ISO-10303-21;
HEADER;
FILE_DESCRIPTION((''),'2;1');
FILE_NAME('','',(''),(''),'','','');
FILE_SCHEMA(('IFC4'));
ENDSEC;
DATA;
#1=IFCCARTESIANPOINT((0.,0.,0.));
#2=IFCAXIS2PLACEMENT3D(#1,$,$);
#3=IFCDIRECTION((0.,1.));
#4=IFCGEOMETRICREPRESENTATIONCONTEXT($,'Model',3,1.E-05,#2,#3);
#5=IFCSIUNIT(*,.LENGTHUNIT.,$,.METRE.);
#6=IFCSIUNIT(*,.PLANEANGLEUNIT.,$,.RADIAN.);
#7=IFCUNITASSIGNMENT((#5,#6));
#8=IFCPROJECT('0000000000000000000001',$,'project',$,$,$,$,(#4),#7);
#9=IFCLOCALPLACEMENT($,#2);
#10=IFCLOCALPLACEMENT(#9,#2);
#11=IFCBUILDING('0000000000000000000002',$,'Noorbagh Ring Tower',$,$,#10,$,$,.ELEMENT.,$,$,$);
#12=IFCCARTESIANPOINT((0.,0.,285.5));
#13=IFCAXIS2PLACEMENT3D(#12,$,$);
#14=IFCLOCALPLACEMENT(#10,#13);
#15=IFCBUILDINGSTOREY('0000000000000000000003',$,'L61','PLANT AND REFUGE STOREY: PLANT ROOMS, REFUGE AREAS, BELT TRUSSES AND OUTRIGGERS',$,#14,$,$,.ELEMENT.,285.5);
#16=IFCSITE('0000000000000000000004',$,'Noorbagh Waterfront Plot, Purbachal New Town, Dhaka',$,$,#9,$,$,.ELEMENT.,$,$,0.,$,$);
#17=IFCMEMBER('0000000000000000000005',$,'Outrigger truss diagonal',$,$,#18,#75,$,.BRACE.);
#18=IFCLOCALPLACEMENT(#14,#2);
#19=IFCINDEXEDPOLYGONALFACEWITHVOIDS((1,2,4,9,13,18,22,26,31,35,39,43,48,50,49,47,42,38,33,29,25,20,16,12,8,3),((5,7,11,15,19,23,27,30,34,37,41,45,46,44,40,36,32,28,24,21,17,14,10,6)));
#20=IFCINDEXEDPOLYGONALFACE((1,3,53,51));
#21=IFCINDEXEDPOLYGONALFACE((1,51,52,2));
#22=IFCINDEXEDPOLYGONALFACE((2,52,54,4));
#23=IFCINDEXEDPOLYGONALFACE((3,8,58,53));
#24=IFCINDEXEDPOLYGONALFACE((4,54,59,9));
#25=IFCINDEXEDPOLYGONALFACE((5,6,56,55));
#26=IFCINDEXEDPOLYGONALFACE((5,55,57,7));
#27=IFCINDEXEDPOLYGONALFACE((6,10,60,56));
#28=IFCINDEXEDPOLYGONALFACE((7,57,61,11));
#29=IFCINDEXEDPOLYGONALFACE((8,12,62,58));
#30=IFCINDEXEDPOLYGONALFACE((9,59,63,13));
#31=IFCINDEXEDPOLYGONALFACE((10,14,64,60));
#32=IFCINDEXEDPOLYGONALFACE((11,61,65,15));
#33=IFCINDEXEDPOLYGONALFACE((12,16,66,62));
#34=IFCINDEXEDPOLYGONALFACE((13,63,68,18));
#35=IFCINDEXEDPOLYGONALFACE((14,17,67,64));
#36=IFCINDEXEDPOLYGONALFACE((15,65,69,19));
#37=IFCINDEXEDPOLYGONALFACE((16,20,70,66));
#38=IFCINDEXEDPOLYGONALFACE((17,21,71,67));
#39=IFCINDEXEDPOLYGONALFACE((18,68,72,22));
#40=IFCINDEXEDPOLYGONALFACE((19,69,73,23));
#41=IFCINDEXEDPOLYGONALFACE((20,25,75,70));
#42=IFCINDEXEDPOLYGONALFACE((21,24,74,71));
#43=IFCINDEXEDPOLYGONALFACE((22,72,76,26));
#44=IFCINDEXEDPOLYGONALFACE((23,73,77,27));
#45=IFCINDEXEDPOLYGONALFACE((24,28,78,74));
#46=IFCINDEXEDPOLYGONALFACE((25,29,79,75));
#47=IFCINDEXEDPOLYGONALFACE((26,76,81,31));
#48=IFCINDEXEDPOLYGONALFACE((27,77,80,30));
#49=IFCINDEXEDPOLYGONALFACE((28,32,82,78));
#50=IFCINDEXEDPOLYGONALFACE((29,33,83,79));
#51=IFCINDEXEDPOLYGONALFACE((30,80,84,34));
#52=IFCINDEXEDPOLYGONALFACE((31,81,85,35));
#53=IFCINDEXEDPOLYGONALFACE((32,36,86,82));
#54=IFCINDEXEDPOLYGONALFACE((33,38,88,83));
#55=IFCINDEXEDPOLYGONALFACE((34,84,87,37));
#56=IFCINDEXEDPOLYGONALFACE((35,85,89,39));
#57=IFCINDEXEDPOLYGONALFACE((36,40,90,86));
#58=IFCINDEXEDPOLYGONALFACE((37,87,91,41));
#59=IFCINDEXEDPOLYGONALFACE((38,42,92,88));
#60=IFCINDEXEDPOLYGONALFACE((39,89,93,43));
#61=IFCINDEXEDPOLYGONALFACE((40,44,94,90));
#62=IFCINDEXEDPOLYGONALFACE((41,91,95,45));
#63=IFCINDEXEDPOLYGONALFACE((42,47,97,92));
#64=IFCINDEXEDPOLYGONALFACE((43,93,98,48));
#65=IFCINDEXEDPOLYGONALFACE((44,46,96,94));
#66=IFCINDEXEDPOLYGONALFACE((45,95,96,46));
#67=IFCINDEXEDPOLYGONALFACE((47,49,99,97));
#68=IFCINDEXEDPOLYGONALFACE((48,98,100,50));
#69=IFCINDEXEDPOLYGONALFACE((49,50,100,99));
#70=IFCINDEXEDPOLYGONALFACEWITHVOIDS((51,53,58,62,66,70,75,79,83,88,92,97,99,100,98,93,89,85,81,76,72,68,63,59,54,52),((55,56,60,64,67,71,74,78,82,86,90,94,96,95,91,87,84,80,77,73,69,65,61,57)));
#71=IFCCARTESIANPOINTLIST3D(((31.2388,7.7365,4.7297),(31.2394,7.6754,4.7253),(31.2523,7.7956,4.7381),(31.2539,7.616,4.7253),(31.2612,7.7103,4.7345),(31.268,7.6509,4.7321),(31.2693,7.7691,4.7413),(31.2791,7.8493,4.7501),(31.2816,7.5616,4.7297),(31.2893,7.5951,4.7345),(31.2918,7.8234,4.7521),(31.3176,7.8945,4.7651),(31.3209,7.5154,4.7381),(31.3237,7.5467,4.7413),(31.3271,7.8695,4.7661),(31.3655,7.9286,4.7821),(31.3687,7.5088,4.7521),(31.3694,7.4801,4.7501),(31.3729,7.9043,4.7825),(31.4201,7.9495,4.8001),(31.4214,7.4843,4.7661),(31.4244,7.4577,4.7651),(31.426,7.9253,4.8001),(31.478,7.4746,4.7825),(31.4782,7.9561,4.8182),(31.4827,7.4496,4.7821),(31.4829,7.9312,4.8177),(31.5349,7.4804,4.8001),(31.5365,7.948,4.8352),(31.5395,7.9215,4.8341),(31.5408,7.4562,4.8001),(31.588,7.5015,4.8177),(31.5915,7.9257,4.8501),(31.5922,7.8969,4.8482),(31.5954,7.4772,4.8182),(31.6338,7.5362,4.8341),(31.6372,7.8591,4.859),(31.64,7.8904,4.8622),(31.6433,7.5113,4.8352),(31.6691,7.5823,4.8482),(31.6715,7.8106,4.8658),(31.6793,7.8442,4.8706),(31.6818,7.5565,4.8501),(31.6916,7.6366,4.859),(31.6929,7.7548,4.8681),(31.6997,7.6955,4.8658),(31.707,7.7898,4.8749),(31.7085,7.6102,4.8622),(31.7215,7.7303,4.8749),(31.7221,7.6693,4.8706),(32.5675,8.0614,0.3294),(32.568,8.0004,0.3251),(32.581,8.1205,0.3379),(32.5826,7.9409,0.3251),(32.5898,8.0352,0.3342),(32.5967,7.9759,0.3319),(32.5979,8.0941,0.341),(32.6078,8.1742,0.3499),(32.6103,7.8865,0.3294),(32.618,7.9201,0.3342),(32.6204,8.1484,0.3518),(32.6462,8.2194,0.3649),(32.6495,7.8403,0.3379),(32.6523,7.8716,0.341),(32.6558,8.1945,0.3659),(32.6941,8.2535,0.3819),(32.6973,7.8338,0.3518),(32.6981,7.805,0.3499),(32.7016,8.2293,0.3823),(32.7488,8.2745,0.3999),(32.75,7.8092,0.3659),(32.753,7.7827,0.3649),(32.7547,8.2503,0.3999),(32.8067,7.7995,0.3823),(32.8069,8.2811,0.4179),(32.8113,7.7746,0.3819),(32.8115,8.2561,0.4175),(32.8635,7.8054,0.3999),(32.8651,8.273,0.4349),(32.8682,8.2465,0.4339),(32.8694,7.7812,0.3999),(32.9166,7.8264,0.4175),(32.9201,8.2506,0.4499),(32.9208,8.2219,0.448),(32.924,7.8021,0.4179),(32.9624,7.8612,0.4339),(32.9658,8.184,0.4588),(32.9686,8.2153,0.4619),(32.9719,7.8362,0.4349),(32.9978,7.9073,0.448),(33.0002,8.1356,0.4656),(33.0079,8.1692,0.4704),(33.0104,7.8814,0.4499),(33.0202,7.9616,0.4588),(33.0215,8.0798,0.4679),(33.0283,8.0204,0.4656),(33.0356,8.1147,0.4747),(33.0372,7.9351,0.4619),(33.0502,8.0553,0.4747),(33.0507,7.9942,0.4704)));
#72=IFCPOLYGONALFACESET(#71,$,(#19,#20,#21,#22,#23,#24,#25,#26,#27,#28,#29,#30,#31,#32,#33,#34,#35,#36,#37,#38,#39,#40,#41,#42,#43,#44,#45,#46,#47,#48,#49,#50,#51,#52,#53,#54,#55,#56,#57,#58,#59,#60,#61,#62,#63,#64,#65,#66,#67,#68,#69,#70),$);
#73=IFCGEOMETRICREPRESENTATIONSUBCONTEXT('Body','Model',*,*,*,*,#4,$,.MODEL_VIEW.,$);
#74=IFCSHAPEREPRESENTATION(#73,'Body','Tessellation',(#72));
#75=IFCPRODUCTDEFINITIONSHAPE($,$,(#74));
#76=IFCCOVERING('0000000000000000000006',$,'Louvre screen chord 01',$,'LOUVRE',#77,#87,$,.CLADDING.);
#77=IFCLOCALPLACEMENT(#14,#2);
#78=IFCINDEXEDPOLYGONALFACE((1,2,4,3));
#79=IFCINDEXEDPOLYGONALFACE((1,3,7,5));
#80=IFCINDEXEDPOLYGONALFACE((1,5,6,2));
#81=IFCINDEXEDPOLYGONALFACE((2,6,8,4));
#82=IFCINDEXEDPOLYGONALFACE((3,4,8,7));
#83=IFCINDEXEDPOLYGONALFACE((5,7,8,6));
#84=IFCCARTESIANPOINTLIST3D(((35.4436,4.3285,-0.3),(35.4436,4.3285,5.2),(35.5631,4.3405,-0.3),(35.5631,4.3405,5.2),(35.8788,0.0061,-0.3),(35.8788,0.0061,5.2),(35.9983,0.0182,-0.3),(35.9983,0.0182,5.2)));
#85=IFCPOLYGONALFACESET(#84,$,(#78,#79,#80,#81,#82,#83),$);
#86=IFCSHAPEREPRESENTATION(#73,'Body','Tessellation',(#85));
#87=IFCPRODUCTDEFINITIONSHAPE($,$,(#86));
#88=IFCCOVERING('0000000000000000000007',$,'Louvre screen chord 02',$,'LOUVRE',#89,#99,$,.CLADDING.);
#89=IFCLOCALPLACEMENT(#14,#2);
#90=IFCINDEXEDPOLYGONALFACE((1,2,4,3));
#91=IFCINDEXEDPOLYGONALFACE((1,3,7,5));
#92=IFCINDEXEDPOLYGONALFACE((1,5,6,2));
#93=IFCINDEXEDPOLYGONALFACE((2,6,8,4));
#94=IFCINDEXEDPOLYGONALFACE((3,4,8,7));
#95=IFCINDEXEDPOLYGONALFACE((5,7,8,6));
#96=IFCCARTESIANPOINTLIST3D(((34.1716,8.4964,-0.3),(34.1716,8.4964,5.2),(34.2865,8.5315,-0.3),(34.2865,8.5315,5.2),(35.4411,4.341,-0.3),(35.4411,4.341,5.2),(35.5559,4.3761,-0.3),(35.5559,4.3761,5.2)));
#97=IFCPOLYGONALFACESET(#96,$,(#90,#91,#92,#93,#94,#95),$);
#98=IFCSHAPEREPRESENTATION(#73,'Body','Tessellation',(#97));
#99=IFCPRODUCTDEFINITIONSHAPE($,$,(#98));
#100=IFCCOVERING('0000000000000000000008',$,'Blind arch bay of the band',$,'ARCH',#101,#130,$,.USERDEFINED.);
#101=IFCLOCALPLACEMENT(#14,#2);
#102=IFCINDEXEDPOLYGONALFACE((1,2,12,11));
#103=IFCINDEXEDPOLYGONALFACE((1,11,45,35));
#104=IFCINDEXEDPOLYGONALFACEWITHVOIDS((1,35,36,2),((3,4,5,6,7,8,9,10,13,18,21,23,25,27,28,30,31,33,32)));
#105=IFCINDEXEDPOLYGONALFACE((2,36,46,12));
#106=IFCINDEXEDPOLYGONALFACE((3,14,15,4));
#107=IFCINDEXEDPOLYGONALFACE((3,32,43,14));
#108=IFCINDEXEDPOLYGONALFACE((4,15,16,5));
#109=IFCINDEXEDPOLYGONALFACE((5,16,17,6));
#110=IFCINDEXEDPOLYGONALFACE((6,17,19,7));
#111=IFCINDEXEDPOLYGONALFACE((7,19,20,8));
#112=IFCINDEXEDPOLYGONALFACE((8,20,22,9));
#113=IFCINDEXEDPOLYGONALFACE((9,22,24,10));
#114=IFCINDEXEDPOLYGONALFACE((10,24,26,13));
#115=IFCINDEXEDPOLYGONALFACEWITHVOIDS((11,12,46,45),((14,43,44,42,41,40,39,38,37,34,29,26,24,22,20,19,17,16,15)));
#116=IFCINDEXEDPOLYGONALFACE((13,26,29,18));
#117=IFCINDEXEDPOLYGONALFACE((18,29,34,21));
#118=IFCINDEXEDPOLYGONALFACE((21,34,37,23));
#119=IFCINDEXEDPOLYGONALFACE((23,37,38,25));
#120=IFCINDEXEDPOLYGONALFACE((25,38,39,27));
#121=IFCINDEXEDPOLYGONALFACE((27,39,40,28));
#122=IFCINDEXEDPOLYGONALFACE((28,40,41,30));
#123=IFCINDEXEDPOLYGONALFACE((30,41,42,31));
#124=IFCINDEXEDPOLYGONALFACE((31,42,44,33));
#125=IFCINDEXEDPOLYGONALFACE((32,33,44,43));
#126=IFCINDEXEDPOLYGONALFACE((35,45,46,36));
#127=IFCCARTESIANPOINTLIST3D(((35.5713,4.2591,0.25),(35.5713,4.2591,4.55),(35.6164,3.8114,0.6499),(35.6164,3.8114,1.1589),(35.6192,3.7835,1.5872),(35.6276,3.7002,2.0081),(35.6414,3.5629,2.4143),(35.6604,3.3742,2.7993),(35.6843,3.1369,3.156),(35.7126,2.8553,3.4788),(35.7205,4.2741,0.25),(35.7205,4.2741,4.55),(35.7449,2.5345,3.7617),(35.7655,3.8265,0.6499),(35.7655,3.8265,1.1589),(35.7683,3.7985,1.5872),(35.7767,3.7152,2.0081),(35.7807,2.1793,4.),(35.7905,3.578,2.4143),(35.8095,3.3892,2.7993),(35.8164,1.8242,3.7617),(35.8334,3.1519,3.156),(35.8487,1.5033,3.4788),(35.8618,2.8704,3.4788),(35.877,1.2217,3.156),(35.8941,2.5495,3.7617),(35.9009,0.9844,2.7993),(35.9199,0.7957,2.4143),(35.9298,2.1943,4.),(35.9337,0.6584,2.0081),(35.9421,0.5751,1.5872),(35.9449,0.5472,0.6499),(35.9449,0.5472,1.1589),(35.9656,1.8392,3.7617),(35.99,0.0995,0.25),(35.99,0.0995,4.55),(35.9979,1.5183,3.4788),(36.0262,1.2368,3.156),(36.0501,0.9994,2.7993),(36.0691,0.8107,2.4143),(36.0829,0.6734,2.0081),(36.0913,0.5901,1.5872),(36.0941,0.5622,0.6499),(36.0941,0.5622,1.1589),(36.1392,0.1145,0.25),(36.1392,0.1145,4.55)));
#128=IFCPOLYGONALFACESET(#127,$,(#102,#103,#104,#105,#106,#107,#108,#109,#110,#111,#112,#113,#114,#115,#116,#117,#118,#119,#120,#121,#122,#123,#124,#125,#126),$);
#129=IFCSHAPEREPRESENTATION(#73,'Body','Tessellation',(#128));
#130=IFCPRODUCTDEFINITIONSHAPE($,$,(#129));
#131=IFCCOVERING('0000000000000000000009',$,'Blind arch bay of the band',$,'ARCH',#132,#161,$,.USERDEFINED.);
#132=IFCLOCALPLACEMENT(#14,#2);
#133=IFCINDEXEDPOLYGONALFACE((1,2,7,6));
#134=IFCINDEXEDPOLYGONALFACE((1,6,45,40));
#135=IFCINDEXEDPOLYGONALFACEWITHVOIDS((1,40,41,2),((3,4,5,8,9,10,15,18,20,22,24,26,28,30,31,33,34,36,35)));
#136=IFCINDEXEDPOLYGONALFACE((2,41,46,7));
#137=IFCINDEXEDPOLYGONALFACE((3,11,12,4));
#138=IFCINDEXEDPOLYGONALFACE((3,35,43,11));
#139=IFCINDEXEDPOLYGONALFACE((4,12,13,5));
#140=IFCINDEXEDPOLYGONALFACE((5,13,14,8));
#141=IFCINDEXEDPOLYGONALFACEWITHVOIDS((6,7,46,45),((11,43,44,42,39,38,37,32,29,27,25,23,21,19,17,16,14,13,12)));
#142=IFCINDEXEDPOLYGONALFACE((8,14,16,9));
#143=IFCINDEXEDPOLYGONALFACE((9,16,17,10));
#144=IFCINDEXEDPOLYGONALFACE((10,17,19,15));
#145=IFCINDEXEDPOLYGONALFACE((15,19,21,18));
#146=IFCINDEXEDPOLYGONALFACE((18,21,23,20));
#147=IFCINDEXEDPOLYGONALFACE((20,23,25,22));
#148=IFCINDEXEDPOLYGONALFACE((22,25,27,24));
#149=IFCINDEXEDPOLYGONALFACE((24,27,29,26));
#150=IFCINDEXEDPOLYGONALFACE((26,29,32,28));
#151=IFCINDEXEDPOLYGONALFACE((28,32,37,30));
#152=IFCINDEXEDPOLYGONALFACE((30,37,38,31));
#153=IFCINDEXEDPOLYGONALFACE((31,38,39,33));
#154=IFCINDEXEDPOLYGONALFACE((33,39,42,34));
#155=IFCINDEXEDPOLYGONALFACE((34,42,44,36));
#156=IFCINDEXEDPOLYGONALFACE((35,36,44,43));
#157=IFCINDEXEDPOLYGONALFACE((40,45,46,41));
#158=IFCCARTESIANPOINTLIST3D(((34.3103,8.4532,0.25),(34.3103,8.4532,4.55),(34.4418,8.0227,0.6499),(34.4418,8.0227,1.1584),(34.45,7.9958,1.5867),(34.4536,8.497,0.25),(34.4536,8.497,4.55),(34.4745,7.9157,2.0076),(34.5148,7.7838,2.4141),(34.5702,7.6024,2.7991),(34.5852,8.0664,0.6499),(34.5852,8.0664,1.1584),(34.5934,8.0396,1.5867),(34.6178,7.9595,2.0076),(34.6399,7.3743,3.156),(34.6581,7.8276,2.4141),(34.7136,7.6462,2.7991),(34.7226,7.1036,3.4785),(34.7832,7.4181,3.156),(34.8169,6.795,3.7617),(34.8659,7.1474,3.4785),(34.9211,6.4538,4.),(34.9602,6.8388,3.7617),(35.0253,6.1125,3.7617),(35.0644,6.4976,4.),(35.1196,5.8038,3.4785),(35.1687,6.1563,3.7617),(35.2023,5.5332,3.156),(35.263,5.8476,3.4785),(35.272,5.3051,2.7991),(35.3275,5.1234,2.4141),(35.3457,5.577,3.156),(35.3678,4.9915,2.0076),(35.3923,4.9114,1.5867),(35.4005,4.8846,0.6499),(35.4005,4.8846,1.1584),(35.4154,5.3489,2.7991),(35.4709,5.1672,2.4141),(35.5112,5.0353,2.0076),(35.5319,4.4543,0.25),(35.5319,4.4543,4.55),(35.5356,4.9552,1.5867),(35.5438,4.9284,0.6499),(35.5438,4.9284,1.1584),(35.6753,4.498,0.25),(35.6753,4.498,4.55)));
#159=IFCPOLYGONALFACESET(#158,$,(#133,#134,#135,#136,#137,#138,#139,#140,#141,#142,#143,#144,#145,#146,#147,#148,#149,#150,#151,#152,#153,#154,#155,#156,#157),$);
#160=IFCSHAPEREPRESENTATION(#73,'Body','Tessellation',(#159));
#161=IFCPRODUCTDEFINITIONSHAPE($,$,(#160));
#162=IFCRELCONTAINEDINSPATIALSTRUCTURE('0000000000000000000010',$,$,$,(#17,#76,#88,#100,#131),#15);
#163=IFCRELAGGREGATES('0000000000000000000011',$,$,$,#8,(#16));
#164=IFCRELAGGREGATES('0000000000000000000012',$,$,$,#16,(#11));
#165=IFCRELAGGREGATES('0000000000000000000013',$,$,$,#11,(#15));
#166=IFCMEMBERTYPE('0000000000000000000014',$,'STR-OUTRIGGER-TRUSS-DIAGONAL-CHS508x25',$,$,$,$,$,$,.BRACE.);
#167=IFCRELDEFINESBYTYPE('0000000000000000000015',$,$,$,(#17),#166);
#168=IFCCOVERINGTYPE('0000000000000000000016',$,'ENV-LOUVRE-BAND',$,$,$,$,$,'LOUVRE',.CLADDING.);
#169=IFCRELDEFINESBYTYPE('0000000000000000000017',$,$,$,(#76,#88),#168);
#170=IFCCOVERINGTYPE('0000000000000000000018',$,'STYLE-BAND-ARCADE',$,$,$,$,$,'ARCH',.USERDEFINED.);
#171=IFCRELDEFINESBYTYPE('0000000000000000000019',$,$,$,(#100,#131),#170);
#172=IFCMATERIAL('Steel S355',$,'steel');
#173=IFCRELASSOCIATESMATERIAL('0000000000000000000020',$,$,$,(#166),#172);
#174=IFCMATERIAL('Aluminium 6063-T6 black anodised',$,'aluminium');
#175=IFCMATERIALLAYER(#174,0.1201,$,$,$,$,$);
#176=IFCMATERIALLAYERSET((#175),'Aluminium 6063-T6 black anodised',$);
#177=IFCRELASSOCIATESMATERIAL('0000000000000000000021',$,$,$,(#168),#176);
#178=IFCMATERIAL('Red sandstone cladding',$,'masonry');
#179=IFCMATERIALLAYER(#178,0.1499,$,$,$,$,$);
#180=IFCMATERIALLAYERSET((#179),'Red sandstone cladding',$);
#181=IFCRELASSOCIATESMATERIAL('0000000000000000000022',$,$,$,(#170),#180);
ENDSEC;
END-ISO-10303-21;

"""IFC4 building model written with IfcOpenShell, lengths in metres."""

from ifc_helpers import new_model, si_unit, direction, frame, origin, origin_2d, place, context, subcontext, project, spatial, polyline, rectangle, hollow_circle, outline, extrude, material, layer, layer_set, material_profile, profile_set, type_object, element, save


model = new_model("IFC4")

# Units and contexts
model_context = context("Model", 3, precision=1e-05, world=origin(), true_north=direction((0.0, 1.0)))
body_context = subcontext(model_context, "Body", "Model", "MODEL_VIEW")
ifc_project = project(units=[si_unit("LENGTHUNIT", "METRE"), si_unit("PLANEANGLEUNIT", "RADIAN")], contexts=[model_context])

# Site, building, storey
site_placement = place(None, origin())
site = spatial("IfcSite", under=ifc_project, at=site_placement, Name="Noorbagh Waterfront Plot, Purbachal New Town, Dhaka", CompositionType="ELEMENT", RefElevation=0.0)
building_placement = place(site_placement, origin())
building = spatial("IfcBuilding", under=site, at=building_placement, Name="Noorbagh Ring Tower", CompositionType="ELEMENT")
storey_placement = place(building_placement, frame((0.0, 0.0, 285.5)))
storey = spatial("IfcBuildingStorey", under=building, at=storey_placement, Name="L61", Description="PLANT AND REFUGE STOREY: PLANT ROOMS, REFUGE AREAS, BELT TRUSSES AND OUTRIGGERS", CompositionType="ELEMENT", Elevation=285.5)

# Member
ifc_material_1 = material(Name="Steel S355", Category="steel")
ifc_material_profile_1 = material_profile(ifc_material_1, hollow_circle(Radius=0.2539, WallThickness=0.0249, at=origin_2d()), Name="CHS508x25")
ifc_profile_set_1 = profile_set([ifc_material_profile_1], Name="Steel S355")
member_type_1 = type_object("IfcMemberType", Name="STR-OUTRIGGER-TRUSS-DIAGONAL-CHS508x25", PredefinedType="BRACE", material=ifc_profile_set_1)
member_1_placement = place(storey_placement, frame((32.8091, 8.0278, 0.3999), z_axis=(-0.288338, -0.070522, 0.954928), x_axis=(0.237577, -0.971369, 0.0)))
element("IfcMember", 1, at=member_1_placement, inside=storey, type_object=member_type_1, Name="Outrigger truss diagonal", PredefinedType="BRACE", context=body_context, shape_type="SweptSolid", body=[
    extrude(hollow_circle(Radius=0.2539, WallThickness=0.0249, at=origin_2d()), origin(), (0.0, 0.0, 1.0), 4.6079),
])

# Coverings
ifc_material_2 = material(Name="Aluminium 6063-T6 black anodised", Category="aluminium")
ifc_layer_1 = layer(ifc_material_2, 0.1201)
ifc_layer_set_1 = layer_set([ifc_layer_1], Name="Aluminium 6063-T6 black anodised")
covering_type_1 = type_object("IfcCoveringType", Name="ENV-LOUVRE-BAND", ElementType="LOUVRE", PredefinedType="CLADDING", material=ifc_layer_set_1)
covering_1_placement = place(storey_placement, frame((35.7209, 2.1733, -0.3), z_axis=(0.0, 0.0, 1.0), x_axis=(-0.100178, 0.99497, 0.0)))
element("IfcCovering", 2, at=covering_1_placement, inside=storey, type_object=covering_type_1, Name="Louvre screen chord 01", ObjectType="LOUVRE", PredefinedType="CLADDING", context=body_context, shape_type="SweptSolid", body=[
    extrude(rectangle(XDim=4.3442, YDim=0.1201, at=origin_2d()), origin(), (0.0, 0.0, 1.0), 5.5),
])
covering_2_placement = place(storey_placement, frame((34.8638, 6.4363, -0.3), z_axis=(0.0, 0.0, 1.0), x_axis=(-0.29217, 0.956366, 0.0)))
element("IfcCovering", 3, at=covering_2_placement, inside=storey, type_object=covering_type_1, Name="Louvre screen chord 02", ObjectType="LOUVRE", PredefinedType="CLADDING", context=body_context, shape_type="SweptSolid", body=[
    extrude(rectangle(XDim=4.345, YDim=0.1201, at=origin_2d()), origin(), (0.0, 0.0, 1.0), 5.5),
])
ifc_material_3 = material(Name="Red sandstone cladding", Category="masonry")
ifc_layer_2 = layer(ifc_material_3, 0.1499)
ifc_layer_set_2 = layer_set([ifc_layer_2], Name="Red sandstone cladding")
covering_type_2 = type_object("IfcCoveringType", Name="STYLE-BAND-ARCADE", ElementType="ARCH", PredefinedType="USERDEFINED", material=ifc_layer_set_2)
covering_3_placement = place(storey_placement, frame((36.1392, 0.1145, 0.25), z_axis=(0.994972, 0.100151, 0.0), x_axis=(-0.100151, 0.994972, 0.0)))
element("IfcCovering", 4, at=covering_3_placement, inside=storey, type_object=covering_type_2, Name="Blind arch bay of the band", ObjectType="ARCH", PredefinedType="USERDEFINED", context=body_context, shape_type="SweptSolid", body=[
    extrude(outline(polyline([(0.0, 0.0), (4.1807, 0.0), (4.1807, 4.3), (0.0, 4.3), (0.0, 0.0)]), holes=[polyline([(0.45, 0.3999), (0.45, 0.9089), (0.478, 1.3372), (0.5618, 1.7581), (0.6997, 2.1643), (0.8894, 2.5493), (1.1279, 2.906), (1.4109, 3.2288), (1.7334, 3.5117), (2.0903, 3.75), (2.4473, 3.5117), (2.7698, 3.2288), (3.0527, 2.906), (3.2913, 2.5493), (3.481, 2.1643), (3.6189, 1.7581), (3.7026, 1.3372), (3.7307, 0.9089), (3.7307, 0.3999), (0.45, 0.3999)])]), origin(), (0.0, 0.0, -1.0), 0.1499),
])
covering_4_placement = place(storey_placement, frame((35.6753, 4.498, 0.25), z_axis=(0.956368, 0.292165, 0.0), x_axis=(-0.292165, 0.956368, 0.0)))
element("IfcCovering", 5, at=covering_4_placement, inside=storey, type_object=covering_type_2, Name="Blind arch bay of the band", ObjectType="ARCH", PredefinedType="USERDEFINED", context=body_context, shape_type="SweptSolid", body=[
    extrude(outline(polyline([(0.0, 0.0), (4.1814, 0.0), (4.1814, 4.3), (0.0, 4.3), (0.0, 0.0)]), holes=[polyline([(0.45, 0.3999), (0.45, 0.9084), (0.478, 1.3367), (0.5618, 1.7576), (0.6997, 2.1641), (0.8896, 2.5491), (1.1282, 2.906), (1.4111, 3.2285), (1.7339, 3.5117), (2.0908, 3.75), (2.4475, 3.5117), (2.7703, 3.2285), (3.0532, 2.906), (3.2917, 2.5491), (3.4814, 2.1641), (3.6194, 1.7576), (3.7031, 1.3367), (3.7312, 0.9084), (3.7312, 0.3999), (0.45, 0.3999)])]), origin(), (0.0, 0.0, -1.0), 0.1499),
])

save(model, "model.ifc")
